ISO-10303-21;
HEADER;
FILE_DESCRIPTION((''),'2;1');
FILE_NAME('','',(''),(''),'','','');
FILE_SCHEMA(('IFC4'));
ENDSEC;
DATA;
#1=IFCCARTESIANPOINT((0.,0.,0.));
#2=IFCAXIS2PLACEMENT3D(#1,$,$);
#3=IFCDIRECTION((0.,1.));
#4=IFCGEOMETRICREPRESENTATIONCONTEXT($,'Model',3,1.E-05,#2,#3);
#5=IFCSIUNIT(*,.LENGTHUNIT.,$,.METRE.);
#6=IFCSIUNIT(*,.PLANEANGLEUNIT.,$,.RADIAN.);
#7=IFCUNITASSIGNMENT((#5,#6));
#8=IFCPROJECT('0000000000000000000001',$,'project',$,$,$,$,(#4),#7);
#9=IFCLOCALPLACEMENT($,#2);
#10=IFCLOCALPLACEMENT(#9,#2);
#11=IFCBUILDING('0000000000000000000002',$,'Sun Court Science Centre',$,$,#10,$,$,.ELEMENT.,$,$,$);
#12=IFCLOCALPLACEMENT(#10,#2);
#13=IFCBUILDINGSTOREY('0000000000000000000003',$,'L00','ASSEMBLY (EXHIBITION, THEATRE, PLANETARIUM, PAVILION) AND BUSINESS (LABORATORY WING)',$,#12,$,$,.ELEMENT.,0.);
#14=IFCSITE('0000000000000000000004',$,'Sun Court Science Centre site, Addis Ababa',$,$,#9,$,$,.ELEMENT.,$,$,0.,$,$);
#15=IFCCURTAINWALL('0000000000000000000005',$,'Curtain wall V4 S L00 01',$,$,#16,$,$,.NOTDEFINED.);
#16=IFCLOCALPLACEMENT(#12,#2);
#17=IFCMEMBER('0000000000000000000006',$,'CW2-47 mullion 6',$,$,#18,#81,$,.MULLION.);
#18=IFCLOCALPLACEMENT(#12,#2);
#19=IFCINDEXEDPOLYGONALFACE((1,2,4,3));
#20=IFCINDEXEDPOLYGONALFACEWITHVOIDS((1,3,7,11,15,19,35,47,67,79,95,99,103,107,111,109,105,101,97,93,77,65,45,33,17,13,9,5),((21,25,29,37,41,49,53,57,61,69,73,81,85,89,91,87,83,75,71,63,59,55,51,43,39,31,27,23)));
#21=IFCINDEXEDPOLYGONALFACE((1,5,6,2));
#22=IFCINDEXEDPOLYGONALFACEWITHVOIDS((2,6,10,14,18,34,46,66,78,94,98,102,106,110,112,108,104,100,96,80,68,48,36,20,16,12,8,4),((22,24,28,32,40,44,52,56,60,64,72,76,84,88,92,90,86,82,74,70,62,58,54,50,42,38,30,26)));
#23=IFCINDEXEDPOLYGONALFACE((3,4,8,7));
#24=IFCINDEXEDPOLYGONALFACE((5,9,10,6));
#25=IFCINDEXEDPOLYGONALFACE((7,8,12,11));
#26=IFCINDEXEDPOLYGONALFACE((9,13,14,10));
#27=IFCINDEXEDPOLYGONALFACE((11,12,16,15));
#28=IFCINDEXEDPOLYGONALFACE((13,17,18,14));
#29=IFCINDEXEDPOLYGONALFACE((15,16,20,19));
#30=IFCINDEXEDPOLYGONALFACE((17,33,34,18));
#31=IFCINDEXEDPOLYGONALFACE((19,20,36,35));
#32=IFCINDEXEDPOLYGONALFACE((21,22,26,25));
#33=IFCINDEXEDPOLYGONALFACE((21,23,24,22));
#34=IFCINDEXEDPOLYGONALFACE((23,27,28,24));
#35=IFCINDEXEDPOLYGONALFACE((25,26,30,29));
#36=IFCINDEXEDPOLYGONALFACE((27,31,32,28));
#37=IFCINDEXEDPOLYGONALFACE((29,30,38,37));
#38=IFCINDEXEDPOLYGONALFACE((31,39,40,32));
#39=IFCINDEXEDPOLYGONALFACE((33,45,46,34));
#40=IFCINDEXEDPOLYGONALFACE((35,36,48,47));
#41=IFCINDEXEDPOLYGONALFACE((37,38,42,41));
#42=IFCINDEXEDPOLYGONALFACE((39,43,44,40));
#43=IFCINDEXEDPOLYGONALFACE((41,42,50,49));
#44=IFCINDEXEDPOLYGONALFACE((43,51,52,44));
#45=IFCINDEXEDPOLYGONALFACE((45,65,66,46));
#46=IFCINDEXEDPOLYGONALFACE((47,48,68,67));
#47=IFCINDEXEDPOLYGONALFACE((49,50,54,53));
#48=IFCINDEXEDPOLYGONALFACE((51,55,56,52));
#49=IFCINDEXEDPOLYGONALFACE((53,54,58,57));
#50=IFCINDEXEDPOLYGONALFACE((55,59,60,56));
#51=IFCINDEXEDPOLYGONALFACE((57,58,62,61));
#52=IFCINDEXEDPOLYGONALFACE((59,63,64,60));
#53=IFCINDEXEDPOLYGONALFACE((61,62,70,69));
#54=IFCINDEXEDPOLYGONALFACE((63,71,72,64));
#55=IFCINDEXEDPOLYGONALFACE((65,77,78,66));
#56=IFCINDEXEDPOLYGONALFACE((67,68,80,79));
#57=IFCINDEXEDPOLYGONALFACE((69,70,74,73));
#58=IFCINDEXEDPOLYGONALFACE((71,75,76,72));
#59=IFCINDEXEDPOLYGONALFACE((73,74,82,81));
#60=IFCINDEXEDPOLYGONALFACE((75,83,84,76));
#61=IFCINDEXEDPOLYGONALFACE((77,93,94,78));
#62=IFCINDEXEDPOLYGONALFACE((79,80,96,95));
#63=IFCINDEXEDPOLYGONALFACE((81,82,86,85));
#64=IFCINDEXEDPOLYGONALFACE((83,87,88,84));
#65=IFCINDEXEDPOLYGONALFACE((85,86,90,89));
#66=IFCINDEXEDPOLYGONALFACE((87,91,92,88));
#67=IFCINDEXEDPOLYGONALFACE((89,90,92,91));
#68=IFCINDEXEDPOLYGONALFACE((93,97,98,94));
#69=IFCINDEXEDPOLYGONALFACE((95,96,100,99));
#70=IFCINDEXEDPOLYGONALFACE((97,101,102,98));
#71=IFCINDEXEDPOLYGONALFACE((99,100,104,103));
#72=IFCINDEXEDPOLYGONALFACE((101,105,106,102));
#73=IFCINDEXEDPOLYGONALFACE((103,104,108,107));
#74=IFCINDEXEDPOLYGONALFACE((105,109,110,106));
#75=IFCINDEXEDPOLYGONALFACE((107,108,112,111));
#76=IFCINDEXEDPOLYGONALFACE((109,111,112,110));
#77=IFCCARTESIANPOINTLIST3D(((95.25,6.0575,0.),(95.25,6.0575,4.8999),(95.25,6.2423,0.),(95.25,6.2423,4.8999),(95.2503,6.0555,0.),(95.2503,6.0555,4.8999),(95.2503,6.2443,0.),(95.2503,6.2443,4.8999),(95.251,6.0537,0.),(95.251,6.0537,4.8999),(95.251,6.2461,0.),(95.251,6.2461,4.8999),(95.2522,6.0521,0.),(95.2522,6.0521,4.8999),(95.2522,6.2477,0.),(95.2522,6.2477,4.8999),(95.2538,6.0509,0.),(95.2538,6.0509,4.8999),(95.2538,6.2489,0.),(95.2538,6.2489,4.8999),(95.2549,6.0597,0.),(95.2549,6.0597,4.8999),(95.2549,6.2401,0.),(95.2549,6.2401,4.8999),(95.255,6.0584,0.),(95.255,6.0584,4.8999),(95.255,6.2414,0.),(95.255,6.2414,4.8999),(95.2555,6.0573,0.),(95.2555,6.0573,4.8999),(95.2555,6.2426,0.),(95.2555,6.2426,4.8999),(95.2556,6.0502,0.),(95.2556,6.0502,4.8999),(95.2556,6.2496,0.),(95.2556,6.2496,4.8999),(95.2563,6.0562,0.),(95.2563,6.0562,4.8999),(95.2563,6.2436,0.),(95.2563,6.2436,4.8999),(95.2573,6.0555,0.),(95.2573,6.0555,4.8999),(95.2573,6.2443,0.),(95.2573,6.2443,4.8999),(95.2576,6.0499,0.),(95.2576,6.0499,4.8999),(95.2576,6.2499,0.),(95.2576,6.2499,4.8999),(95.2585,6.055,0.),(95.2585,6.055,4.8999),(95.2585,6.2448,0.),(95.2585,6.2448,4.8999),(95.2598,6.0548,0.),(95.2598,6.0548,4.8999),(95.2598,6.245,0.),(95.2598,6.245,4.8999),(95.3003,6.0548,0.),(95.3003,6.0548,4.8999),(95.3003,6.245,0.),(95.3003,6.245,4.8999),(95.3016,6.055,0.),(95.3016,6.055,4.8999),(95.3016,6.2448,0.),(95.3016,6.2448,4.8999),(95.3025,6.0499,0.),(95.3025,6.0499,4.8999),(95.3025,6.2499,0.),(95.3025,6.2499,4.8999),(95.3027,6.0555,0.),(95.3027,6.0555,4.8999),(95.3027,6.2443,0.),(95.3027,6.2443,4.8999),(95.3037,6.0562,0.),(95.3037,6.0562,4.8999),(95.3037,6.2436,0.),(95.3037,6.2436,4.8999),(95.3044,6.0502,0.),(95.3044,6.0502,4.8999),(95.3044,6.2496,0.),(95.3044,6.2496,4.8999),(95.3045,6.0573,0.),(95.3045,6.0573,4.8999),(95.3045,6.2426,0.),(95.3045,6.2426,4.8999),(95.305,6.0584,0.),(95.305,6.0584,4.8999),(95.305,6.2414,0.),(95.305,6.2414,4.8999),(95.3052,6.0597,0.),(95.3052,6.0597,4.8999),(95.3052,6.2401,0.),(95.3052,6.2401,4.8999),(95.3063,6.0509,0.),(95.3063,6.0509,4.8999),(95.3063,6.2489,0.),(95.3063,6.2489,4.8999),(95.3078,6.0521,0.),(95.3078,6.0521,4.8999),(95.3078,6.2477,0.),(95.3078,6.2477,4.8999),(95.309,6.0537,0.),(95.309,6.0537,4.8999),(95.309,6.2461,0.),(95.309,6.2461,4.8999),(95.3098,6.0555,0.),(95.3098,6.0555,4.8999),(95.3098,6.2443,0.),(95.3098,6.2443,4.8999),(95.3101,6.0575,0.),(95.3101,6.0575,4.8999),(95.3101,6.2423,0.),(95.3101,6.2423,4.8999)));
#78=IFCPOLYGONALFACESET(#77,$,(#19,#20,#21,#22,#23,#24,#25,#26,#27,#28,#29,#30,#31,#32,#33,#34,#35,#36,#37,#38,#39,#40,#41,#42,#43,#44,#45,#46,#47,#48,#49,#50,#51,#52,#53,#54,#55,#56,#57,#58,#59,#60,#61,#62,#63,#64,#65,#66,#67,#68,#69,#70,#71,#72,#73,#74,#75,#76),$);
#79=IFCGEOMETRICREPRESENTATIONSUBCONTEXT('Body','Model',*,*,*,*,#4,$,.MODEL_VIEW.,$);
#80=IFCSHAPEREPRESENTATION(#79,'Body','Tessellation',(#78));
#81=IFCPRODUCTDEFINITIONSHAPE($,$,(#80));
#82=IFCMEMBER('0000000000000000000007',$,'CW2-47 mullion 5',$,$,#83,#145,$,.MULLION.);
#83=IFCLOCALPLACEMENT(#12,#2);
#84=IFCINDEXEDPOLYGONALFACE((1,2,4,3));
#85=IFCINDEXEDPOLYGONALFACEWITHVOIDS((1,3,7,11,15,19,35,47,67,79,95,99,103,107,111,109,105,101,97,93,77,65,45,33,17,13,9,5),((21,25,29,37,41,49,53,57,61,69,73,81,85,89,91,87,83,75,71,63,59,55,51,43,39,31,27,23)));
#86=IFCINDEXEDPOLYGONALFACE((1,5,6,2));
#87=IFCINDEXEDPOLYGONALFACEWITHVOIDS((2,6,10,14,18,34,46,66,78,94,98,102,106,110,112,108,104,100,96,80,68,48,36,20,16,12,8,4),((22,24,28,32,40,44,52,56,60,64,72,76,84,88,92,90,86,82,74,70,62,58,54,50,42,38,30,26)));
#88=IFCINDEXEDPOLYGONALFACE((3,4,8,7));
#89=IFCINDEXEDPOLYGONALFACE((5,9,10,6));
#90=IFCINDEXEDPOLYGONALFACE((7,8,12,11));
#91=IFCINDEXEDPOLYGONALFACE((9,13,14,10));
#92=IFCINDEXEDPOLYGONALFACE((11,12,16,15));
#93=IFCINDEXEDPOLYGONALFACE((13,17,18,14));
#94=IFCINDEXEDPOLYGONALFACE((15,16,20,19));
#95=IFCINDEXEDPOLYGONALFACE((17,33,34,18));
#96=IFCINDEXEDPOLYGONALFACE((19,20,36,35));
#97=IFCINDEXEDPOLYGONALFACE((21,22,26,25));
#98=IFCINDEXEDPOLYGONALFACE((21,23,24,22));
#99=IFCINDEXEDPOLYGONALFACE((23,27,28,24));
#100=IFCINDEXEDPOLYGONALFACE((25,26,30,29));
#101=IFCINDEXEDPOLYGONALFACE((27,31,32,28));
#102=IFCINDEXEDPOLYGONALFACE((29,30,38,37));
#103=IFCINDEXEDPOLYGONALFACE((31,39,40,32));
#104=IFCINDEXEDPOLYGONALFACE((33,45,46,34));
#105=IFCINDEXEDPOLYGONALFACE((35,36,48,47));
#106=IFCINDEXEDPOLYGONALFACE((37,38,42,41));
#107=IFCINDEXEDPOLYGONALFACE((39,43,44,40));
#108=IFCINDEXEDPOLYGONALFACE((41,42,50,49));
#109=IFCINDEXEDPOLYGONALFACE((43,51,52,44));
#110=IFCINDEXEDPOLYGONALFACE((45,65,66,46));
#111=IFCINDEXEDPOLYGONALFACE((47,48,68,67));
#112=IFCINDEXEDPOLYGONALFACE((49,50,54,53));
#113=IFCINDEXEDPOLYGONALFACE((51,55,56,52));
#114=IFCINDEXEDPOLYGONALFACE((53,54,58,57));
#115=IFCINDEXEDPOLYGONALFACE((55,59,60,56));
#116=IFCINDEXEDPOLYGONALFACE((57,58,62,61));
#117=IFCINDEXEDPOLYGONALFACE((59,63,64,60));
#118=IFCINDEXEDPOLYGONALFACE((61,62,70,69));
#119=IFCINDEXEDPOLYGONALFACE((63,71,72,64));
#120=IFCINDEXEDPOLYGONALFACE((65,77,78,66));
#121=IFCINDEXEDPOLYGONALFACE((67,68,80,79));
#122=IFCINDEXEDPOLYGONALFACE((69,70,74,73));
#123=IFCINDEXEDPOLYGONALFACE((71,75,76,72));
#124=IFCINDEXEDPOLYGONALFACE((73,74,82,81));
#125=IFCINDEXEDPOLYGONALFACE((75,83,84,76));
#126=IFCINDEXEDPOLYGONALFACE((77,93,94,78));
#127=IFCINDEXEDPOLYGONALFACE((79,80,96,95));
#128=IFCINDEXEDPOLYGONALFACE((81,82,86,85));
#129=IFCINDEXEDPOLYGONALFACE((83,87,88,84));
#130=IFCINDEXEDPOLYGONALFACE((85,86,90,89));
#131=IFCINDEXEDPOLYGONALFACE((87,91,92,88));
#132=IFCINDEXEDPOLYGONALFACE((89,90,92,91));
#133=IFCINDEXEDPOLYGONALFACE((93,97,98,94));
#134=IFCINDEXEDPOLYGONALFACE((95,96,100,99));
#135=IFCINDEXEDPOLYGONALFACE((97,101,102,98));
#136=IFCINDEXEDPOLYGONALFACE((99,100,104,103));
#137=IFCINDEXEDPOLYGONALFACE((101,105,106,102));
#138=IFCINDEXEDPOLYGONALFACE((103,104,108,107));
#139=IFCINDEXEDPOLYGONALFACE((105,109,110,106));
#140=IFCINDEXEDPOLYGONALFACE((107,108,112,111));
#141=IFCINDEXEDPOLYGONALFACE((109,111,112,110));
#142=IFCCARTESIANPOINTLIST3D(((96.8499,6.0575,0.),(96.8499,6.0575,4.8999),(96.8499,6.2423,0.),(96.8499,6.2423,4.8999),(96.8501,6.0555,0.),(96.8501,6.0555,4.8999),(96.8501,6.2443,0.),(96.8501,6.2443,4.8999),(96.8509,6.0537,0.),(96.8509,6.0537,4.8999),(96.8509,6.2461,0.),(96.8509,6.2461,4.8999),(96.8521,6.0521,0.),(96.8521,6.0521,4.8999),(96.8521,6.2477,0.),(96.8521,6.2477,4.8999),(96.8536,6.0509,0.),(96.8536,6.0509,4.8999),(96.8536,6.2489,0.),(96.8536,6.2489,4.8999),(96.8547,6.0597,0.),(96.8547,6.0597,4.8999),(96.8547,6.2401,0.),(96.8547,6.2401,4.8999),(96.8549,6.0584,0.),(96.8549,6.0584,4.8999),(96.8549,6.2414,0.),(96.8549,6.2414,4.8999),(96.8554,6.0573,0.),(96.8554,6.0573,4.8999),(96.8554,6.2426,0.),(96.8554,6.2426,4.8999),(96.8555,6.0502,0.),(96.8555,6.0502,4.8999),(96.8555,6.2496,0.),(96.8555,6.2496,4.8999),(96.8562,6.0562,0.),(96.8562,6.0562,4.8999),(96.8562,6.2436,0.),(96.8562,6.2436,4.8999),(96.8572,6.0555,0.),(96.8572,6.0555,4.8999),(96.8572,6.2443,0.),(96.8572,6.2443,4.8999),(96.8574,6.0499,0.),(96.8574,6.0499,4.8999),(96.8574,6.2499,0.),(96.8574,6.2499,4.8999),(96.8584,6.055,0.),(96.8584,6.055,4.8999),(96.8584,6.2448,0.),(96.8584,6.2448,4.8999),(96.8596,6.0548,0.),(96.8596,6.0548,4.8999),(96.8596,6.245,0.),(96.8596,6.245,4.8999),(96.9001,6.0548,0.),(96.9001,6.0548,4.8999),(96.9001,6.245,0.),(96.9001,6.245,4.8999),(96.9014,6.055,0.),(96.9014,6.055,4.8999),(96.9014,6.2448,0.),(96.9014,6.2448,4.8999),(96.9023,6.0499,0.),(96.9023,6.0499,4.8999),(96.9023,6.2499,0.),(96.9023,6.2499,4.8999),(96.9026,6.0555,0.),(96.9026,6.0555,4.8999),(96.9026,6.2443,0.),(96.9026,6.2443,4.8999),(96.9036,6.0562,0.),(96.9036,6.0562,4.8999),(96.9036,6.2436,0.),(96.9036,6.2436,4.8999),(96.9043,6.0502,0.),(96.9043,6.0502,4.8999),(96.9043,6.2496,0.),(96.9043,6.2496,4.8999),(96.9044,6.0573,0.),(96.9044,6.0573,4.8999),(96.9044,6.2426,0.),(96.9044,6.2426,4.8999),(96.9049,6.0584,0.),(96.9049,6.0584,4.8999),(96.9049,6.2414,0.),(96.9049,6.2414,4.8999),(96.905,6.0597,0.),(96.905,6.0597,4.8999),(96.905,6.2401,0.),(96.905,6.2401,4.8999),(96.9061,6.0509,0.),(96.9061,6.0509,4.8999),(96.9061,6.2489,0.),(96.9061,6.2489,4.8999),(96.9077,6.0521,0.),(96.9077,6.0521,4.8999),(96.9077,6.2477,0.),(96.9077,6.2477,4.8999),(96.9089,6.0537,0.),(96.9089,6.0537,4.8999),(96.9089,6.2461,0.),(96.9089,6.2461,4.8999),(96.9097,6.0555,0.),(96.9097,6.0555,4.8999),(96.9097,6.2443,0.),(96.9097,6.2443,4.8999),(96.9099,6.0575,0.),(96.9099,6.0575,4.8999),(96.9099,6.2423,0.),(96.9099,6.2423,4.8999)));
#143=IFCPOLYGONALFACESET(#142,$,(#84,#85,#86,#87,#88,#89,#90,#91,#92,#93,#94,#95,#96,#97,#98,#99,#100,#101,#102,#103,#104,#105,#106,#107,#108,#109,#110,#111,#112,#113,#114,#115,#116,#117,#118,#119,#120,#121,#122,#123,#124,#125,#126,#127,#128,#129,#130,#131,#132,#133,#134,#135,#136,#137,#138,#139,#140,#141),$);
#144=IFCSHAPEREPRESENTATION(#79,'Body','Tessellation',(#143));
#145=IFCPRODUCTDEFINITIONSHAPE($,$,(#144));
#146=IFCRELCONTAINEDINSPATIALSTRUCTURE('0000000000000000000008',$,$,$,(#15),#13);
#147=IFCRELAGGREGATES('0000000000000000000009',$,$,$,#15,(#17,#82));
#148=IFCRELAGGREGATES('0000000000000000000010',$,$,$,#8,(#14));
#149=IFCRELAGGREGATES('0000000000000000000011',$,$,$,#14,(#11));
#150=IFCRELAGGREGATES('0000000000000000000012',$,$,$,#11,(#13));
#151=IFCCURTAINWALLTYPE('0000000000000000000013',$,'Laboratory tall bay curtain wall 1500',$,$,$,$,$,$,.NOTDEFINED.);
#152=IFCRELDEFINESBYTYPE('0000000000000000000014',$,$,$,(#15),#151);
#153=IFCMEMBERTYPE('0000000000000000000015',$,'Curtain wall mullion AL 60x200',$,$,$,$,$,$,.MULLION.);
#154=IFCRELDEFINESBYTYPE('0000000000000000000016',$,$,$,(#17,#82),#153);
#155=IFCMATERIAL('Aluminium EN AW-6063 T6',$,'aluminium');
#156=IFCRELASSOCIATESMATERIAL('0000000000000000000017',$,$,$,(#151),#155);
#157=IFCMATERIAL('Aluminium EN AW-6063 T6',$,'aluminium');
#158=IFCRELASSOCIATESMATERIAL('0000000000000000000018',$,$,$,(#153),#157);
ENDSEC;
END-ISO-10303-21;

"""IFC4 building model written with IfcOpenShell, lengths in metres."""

from ifc_helpers import new_model, si_unit, direction, frame, origin, origin_2d, place, context, subcontext, project, spatial, hollow_rectangle, extrude, material, material_profile, profile_set, type_object, element, aggregate, save


model = new_model("IFC4")

# Units and contexts
model_context = context("Model", 3, precision=1e-05, world=origin(), true_north=direction((0.0, 1.0)))
body_context = subcontext(model_context, "Body", "Model", "MODEL_VIEW")
ifc_project = project(units=[si_unit("LENGTHUNIT", "METRE"), si_unit("PLANEANGLEUNIT", "RADIAN")], contexts=[model_context])

# Site, building, storey
site_placement = place(None, origin())
site = spatial("IfcSite", under=ifc_project, at=site_placement, Name="Sun Court Science Centre site, Addis Ababa", CompositionType="ELEMENT", RefElevation=0.0)
building_placement = place(site_placement, origin())
building = spatial("IfcBuilding", under=site, at=building_placement, Name="Sun Court Science Centre", CompositionType="ELEMENT")
storey_placement = place(building_placement, origin())
storey = spatial("IfcBuildingStorey", under=building, at=storey_placement, Name="L00", Description="ASSEMBLY (EXHIBITION, THEATRE, PLANETARIUM, PAVILION) AND BUSINESS (LABORATORY WING)", CompositionType="ELEMENT", Elevation=0.0)

# Curtain wall, members
ifc_material_1 = material(Name="Aluminium EN AW-6063 T6", Category="aluminium")
curtain_wall_type = type_object("IfcCurtainWallType", Name="Laboratory tall bay curtain wall 1500", PredefinedType="NOTDEFINED", material=ifc_material_1)
curtain_wall_1_placement = place(storey_placement, origin())
curtain_wall_1 = element("IfcCurtainWall", 1, at=curtain_wall_1_placement, inside=storey, type_object=curtain_wall_type, Name="Curtain wall V4 S L00 01", PredefinedType="NOTDEFINED")
ifc_material_2 = material(Name="Aluminium EN AW-6063 T6", Category="aluminium")
ifc_material_profile_1 = material_profile(ifc_material_2, hollow_rectangle(XDim=0.0601, YDim=0.2, WallThickness=0.0049, InnerFilletRadius=0.0049, OuterFilletRadius=0.0076, at=origin_2d()), Name="AL 60x200x5")
ifc_profile_set_1 = profile_set([ifc_material_profile_1], Name="Aluminium EN AW-6063 T6")
member_type_1 = type_object("IfcMemberType", Name="Curtain wall mullion AL 60x200", PredefinedType="MULLION", material=ifc_profile_set_1)
member_1_placement = place(storey_placement, frame((95.28, 6.1499, 0.0), z_axis=(0.0, 0.0, 1.0), x_axis=(-1.0, 0.0, 0.0)))
member_1 = element("IfcMember", 2, at=member_1_placement, type_object=member_type_1, Name="CW2-47 mullion 6", PredefinedType="MULLION", context=body_context, shape_type="SweptSolid", body=[
    extrude(hollow_rectangle(XDim=0.0601, YDim=0.2, WallThickness=0.0049, InnerFilletRadius=0.0049, OuterFilletRadius=0.0076, at=origin_2d()), origin(), (0.0, 0.0, 1.0), 4.8999),
])
member_2_placement = place(storey_placement, frame((96.8799, 6.1499, 0.0), z_axis=(0.0, 0.0, 1.0), x_axis=(-1.0, 0.0, 0.0)))
member_2 = element("IfcMember", 3, at=member_2_placement, type_object=member_type_1, Name="CW2-47 mullion 5", PredefinedType="MULLION", context=body_context, shape_type="SweptSolid", body=[
    extrude(hollow_rectangle(XDim=0.0601, YDim=0.2, WallThickness=0.0049, InnerFilletRadius=0.0049, OuterFilletRadius=0.0076, at=origin_2d()), origin(), (0.0, 0.0, 1.0), 4.8999),
])

aggregate(curtain_wall_1, [member_1, member_2])

save(model, "model.ifc")
